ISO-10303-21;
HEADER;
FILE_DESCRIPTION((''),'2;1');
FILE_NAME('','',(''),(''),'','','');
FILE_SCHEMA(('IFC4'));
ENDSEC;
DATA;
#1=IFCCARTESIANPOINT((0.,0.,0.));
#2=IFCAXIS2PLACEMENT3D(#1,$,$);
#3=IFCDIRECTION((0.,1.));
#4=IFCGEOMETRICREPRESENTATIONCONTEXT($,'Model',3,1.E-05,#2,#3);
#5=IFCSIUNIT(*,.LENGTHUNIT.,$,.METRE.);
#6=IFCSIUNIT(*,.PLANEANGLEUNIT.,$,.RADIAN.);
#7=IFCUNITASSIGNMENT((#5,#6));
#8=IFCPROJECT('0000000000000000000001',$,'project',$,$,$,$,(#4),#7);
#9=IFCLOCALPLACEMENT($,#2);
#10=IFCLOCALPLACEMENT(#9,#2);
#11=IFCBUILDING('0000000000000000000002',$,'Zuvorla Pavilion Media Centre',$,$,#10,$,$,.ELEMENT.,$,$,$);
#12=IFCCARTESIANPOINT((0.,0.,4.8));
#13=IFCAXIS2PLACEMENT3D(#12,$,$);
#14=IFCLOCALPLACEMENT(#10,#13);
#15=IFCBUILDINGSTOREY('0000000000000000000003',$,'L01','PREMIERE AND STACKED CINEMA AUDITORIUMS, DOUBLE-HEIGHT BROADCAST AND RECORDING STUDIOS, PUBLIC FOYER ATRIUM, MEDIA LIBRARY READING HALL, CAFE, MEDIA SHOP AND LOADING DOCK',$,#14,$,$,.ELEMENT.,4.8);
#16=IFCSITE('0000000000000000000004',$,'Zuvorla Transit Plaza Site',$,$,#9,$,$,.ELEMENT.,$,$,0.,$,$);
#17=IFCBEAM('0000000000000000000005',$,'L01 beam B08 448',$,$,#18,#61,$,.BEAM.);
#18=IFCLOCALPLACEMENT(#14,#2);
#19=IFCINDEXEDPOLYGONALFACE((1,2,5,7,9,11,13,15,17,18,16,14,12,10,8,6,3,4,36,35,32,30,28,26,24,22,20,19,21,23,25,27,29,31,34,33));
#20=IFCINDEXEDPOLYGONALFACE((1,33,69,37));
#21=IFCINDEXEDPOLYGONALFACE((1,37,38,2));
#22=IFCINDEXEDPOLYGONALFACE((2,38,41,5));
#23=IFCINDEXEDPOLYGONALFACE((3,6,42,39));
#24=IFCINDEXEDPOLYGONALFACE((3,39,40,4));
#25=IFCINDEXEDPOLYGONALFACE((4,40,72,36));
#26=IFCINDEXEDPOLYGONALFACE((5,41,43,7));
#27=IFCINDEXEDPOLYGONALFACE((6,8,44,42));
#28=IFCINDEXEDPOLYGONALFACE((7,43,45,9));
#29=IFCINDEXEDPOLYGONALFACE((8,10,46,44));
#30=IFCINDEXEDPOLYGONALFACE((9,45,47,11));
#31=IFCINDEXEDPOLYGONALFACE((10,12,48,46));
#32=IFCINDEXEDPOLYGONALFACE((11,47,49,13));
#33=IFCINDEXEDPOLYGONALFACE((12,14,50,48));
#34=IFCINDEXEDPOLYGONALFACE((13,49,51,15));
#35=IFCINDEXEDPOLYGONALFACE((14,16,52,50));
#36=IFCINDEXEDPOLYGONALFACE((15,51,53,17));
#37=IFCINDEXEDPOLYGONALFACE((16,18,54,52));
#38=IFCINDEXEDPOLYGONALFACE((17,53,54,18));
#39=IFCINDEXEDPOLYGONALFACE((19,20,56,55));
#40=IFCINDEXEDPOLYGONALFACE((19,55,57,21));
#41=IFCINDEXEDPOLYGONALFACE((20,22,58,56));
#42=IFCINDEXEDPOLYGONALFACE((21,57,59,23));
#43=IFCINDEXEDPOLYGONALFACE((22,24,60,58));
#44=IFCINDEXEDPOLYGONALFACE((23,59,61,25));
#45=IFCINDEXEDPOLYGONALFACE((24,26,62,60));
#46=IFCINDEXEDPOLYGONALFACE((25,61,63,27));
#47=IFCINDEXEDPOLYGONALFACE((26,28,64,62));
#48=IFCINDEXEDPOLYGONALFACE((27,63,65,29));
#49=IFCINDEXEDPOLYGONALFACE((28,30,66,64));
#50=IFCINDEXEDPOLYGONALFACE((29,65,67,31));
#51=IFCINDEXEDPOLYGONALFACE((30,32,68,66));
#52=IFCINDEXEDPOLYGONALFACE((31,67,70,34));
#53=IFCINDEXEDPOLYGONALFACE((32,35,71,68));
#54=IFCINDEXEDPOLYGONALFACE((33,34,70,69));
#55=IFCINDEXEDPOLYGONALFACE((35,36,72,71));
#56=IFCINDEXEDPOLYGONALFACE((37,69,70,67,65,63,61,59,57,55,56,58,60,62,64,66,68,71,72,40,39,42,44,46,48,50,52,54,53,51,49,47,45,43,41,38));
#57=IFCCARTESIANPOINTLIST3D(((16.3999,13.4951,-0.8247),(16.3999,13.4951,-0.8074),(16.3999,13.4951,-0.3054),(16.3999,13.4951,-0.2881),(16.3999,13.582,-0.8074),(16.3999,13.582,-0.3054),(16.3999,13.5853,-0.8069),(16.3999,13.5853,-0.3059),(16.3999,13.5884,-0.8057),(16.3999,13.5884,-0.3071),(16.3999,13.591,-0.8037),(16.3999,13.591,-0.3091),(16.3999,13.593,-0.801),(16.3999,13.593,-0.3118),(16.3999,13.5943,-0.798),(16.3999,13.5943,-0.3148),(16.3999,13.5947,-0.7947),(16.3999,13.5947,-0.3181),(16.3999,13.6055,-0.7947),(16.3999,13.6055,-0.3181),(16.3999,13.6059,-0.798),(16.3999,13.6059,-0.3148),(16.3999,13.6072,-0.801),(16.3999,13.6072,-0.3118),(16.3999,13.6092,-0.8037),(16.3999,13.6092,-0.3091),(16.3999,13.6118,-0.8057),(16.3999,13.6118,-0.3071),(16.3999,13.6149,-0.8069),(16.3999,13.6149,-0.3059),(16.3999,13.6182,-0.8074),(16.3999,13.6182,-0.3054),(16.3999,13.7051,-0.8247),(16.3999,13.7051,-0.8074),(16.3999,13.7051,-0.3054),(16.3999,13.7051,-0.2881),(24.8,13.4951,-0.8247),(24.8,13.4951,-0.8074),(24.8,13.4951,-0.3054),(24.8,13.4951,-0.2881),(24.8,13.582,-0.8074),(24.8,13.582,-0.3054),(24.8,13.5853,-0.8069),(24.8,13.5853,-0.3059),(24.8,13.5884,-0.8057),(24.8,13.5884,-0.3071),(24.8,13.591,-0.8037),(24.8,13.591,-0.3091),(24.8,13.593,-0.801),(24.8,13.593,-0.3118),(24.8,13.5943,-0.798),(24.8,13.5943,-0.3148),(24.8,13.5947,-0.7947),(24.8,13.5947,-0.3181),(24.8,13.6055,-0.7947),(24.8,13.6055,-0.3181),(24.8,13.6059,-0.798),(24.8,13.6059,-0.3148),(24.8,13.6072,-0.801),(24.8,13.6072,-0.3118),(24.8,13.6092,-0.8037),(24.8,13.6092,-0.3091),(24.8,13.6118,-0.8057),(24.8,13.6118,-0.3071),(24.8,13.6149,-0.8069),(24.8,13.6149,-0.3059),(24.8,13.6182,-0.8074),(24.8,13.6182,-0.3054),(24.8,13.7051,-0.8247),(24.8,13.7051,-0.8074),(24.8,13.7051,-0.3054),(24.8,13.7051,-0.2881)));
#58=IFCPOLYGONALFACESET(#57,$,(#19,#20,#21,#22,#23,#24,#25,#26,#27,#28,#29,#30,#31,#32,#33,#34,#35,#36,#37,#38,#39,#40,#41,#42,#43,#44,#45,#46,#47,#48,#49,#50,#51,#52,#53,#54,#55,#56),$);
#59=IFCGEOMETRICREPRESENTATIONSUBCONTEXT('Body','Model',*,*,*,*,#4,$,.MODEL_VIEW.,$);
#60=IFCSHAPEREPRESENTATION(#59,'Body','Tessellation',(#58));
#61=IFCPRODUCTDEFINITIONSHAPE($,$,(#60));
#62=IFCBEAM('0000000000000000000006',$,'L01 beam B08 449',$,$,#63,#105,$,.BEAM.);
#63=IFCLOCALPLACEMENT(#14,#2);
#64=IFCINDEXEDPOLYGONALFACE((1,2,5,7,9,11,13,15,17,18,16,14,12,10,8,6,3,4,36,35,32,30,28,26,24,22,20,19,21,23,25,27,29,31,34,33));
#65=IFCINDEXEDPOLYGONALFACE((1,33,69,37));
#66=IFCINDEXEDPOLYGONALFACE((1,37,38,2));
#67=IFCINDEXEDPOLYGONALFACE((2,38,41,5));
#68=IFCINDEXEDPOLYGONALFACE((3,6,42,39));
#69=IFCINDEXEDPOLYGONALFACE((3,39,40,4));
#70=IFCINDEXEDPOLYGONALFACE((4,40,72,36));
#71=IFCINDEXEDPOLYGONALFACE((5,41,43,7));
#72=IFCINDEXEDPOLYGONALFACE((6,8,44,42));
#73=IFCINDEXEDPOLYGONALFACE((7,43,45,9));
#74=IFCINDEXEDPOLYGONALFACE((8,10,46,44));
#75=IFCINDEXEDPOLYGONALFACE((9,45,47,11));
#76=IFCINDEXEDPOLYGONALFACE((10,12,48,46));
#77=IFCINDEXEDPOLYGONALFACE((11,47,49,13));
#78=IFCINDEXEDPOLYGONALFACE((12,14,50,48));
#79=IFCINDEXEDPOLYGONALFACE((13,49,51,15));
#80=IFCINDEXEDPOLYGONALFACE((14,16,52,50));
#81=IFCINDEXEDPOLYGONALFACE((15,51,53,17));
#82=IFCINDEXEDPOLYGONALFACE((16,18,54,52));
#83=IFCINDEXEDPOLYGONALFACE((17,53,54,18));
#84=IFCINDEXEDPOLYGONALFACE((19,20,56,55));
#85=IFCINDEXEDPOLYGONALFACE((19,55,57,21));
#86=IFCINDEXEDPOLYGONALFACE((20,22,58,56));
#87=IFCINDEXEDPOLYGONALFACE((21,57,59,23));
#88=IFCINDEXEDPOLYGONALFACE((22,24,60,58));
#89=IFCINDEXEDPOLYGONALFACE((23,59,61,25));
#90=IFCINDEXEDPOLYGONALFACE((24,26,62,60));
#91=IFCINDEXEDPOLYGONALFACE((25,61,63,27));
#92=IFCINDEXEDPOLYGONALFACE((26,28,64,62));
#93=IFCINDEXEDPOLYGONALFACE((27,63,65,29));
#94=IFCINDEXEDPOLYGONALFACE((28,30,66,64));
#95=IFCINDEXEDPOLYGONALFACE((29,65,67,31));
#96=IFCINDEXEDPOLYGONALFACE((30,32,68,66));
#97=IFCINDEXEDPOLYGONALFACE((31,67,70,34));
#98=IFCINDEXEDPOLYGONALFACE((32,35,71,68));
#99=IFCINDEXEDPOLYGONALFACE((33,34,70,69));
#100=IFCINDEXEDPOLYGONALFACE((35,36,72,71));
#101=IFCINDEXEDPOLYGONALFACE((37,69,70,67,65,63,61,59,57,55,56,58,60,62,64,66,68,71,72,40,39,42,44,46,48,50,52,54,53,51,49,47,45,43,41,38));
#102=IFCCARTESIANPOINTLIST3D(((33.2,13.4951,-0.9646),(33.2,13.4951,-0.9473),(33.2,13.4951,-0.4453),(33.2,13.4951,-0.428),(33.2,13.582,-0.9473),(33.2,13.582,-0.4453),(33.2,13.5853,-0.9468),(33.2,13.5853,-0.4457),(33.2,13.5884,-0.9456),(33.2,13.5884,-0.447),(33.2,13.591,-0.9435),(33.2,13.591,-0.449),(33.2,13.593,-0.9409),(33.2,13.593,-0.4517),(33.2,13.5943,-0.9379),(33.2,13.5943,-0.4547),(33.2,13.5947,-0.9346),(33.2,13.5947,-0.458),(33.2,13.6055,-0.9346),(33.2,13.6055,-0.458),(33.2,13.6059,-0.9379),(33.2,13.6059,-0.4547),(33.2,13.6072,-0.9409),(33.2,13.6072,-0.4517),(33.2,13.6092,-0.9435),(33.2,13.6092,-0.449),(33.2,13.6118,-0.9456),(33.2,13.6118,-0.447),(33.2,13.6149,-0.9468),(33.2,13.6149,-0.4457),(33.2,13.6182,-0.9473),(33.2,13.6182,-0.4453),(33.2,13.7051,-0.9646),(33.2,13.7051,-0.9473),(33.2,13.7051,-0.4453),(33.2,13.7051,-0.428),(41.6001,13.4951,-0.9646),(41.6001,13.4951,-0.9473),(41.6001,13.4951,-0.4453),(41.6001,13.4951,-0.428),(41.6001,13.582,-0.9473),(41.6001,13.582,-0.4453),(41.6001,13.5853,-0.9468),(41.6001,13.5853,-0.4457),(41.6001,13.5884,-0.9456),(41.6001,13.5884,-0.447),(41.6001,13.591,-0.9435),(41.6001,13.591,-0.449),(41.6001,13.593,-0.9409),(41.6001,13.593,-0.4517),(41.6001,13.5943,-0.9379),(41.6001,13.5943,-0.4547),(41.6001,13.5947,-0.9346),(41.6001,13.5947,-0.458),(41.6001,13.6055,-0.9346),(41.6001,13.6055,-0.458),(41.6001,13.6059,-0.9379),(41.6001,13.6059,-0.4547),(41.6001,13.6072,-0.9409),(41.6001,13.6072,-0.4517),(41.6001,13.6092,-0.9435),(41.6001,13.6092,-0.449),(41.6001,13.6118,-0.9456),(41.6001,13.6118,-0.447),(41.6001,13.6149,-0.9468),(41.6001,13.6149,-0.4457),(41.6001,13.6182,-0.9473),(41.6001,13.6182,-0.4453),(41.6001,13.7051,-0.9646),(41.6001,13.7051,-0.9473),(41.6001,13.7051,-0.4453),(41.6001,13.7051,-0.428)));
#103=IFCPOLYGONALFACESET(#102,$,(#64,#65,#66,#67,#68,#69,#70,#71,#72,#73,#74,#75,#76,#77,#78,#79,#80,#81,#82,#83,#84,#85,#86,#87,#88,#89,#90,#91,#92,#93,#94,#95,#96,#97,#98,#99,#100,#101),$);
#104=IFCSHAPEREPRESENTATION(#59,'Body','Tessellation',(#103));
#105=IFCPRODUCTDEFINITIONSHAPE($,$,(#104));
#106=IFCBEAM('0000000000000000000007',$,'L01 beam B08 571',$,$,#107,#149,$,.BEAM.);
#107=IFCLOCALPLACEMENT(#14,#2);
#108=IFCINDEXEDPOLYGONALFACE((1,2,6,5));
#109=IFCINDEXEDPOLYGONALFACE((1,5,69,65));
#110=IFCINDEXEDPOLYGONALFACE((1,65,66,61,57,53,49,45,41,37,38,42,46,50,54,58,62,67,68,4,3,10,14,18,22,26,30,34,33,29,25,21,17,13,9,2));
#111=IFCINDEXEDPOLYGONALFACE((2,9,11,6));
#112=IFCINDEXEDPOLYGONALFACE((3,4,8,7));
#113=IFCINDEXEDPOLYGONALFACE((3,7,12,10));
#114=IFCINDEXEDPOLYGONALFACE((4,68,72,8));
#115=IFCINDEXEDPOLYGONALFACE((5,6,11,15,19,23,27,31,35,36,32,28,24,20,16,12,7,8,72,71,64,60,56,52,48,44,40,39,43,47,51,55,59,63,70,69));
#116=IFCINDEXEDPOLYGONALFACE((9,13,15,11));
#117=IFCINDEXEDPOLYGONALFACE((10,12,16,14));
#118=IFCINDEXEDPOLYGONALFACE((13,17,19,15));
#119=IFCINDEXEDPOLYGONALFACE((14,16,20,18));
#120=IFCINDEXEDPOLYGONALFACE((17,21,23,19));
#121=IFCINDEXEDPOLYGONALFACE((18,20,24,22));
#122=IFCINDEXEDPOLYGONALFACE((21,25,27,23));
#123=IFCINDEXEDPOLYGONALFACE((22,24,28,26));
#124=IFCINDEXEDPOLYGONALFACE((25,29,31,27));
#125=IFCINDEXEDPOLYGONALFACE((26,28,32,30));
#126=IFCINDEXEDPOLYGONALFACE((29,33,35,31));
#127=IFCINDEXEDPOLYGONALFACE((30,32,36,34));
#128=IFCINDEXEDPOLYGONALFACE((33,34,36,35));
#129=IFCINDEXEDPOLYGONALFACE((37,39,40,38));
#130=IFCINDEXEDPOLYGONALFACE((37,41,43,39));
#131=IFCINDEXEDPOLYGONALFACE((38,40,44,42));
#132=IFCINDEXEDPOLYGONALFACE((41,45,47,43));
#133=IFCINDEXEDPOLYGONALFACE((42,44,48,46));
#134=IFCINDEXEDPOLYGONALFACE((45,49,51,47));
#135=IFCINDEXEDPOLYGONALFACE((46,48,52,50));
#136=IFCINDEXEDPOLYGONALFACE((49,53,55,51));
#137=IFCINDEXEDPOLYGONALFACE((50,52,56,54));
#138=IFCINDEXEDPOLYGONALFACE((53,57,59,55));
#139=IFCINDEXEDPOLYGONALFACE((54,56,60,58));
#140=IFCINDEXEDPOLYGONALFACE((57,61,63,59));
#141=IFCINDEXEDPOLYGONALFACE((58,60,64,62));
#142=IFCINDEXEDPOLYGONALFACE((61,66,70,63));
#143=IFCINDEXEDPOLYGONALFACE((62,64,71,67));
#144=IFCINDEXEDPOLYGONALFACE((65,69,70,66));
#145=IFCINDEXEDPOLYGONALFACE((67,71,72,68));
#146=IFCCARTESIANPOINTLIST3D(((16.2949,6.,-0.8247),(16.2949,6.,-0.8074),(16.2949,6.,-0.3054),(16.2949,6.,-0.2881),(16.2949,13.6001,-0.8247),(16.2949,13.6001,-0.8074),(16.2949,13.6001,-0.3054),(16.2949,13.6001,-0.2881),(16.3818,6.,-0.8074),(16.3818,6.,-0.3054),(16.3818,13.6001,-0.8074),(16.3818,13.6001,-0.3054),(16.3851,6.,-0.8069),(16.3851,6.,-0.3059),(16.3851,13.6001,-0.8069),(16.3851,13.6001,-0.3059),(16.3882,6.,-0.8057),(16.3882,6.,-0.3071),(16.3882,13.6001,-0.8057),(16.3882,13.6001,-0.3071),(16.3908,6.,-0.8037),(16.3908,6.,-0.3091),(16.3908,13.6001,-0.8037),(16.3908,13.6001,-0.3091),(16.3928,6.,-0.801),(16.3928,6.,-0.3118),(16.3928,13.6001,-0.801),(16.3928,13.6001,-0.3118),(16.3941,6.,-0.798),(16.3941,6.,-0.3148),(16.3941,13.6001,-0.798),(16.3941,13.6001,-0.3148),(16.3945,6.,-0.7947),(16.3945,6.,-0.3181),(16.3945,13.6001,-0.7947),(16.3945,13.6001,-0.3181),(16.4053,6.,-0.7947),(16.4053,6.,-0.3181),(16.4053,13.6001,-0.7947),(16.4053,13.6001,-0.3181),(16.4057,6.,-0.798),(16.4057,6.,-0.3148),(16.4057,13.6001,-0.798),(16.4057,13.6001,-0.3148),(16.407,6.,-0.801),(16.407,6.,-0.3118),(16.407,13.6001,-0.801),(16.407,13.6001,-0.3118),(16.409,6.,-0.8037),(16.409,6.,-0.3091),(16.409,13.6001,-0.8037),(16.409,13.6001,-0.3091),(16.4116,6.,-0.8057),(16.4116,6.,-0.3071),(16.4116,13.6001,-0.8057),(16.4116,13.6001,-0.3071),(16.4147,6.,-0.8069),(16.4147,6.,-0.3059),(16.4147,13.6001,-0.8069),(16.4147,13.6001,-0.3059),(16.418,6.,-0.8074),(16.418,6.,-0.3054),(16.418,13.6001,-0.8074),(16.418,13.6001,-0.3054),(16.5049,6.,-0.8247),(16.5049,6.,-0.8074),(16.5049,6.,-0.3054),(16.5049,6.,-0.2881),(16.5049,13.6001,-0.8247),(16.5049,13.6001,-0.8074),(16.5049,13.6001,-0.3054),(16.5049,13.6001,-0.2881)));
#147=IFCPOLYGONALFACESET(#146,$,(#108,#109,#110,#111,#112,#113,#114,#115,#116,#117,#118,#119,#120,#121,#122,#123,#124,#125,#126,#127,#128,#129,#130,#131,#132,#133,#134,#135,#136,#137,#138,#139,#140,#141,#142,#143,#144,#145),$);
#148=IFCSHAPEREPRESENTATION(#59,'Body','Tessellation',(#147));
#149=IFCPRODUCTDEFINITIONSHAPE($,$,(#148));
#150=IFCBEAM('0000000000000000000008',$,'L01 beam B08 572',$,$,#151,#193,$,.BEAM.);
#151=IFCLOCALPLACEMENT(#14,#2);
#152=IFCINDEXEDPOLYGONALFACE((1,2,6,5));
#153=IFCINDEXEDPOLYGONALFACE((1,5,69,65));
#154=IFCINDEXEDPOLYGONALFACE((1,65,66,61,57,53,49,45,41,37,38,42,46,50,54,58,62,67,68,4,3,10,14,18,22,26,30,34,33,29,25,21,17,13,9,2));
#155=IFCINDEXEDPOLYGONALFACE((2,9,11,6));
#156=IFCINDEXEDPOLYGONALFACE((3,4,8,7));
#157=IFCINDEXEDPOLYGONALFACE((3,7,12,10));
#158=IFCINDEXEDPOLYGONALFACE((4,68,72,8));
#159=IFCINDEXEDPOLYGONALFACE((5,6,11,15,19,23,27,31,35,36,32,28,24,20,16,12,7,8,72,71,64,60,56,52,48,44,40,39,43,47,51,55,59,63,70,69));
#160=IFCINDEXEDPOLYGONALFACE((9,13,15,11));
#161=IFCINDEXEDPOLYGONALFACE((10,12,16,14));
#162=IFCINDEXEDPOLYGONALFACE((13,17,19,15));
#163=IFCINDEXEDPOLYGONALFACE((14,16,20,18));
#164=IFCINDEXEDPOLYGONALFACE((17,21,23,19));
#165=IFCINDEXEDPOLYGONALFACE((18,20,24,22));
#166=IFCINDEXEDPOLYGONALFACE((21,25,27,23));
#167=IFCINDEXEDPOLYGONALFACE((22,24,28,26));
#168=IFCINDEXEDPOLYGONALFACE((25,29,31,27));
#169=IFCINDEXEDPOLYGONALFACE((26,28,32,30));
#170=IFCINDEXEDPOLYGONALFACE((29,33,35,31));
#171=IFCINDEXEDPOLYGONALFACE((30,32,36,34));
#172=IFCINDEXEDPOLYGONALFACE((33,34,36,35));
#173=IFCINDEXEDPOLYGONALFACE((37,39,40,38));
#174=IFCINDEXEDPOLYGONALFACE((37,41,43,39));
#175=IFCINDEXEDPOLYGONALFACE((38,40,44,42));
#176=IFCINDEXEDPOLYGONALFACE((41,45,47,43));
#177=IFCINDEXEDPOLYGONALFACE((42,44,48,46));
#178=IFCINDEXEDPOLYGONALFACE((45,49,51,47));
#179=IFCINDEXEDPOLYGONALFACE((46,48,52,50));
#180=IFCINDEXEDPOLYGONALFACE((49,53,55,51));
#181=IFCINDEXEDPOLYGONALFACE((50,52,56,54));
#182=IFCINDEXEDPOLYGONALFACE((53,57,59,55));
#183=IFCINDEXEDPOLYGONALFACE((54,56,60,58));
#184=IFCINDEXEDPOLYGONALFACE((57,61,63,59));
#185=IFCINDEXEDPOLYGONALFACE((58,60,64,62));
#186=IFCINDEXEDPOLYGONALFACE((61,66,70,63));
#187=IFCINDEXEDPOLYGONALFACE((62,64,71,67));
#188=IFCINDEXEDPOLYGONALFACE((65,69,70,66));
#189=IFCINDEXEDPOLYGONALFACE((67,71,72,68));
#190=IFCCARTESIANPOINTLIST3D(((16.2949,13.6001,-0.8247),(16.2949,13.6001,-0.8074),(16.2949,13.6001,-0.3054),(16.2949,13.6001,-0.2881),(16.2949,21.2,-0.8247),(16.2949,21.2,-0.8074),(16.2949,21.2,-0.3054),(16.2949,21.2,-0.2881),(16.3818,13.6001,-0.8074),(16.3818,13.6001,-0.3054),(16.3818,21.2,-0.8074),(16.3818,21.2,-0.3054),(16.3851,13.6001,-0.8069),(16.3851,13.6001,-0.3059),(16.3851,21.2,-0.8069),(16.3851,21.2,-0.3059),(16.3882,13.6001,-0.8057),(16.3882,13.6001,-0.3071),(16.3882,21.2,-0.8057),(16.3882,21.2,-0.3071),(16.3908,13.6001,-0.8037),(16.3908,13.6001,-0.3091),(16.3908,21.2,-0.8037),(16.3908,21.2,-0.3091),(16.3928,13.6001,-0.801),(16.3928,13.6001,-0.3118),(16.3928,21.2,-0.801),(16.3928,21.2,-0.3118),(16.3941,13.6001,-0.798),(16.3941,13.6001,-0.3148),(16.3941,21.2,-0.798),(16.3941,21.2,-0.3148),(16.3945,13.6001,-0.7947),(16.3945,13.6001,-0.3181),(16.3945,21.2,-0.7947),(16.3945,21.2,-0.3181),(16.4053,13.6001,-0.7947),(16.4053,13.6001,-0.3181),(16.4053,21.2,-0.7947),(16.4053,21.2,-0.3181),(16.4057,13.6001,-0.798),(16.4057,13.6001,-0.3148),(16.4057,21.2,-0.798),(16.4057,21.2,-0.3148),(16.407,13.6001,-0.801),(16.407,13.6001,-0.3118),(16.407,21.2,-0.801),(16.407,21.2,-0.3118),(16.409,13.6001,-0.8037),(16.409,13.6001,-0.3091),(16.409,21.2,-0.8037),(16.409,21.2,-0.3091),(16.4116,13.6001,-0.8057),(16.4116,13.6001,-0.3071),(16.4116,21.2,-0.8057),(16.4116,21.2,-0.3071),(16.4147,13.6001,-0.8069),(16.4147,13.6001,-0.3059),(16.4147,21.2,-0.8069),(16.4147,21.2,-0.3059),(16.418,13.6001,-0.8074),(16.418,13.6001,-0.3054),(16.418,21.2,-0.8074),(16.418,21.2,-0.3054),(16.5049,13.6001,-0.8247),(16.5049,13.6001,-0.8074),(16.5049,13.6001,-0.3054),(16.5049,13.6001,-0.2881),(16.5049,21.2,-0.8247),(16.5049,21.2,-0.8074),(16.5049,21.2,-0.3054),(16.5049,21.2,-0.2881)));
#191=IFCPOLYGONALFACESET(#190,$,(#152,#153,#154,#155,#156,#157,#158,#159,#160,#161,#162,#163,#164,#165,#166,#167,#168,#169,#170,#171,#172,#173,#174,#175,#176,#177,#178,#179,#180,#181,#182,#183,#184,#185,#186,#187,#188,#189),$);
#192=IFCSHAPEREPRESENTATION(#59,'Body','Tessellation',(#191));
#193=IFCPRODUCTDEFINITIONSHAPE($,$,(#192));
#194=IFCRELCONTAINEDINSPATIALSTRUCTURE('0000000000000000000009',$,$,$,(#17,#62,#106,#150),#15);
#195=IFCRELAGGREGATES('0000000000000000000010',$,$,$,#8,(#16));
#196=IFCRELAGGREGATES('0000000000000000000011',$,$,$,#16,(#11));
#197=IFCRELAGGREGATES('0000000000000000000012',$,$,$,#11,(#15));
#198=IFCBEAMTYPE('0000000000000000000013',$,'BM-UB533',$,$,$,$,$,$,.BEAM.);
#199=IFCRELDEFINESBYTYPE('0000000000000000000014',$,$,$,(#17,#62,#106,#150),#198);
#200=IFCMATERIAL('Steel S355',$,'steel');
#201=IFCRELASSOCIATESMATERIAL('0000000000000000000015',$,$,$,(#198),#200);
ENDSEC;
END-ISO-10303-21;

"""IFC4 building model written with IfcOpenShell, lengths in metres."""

from ifc_helpers import new_model, si_unit, direction, frame, origin, origin_2d, place, context, subcontext, project, spatial, i_section, extrude, material, material_profile, profile_set, type_object, element, save


model = new_model("IFC4")

# Units and contexts
model_context = context("Model", 3, precision=1e-05, world=origin(), true_north=direction((0.0, 1.0)))
body_context = subcontext(model_context, "Body", "Model", "MODEL_VIEW")
ifc_project = project(units=[si_unit("LENGTHUNIT", "METRE"), si_unit("PLANEANGLEUNIT", "RADIAN")], contexts=[model_context])

# Site, building, storey
site_placement = place(None, origin())
site = spatial("IfcSite", under=ifc_project, at=site_placement, Name="Zuvorla Transit Plaza Site", CompositionType="ELEMENT", RefElevation=0.0)
building_placement = place(site_placement, origin())
building = spatial("IfcBuilding", under=site, at=building_placement, Name="Zuvorla Pavilion Media Centre", CompositionType="ELEMENT")
storey_placement = place(building_placement, frame((0.0, 0.0, 4.8)))
storey = spatial("IfcBuildingStorey", under=building, at=storey_placement, Name="L01", Description="PREMIERE AND STACKED CINEMA AUDITORIUMS, DOUBLE-HEIGHT BROADCAST AND RECORDING STUDIOS, PUBLIC FOYER ATRIUM, MEDIA LIBRARY READING HALL, CAFE, MEDIA SHOP AND LOADING DOCK", CompositionType="ELEMENT", Elevation=4.8)

# Beams
ifc_material_1 = material(Name="Steel S355", Category="steel")
ifc_material_profile_1 = material_profile(ifc_material_1, i_section(OverallWidth=0.21, OverallDepth=0.5366, WebThickness=0.0107, FlangeThickness=0.0173, FilletRadius=0.0127, at=origin_2d()), Name="UB 533x210x101")
ifc_profile_set_1 = profile_set([ifc_material_profile_1], Name="Steel S355")
beam_type_1 = type_object("IfcBeamType", Name="BM-UB533", PredefinedType="BEAM", material=ifc_profile_set_1)
for number, where, z_axis, x_axis, name in (
    (1, (16.3999, 13.6001, -0.5564), (1.0, 0.0, 0.0), (0.0, 1.0, 0.0), "L01 beam B08 448"),
    (2, (33.2, 13.6001, -0.6963), (1.0, 0.0, 0.0), (0.0, 1.0, 0.0), "L01 beam B08 449"),
):
    element("IfcBeam", number, at=place(storey_placement, frame(where, z_axis=z_axis, x_axis=x_axis)), inside=storey, type_object=beam_type_1, Name=name, PredefinedType="BEAM", context=body_context, shape_type="SweptSolid", body=[
        extrude(i_section(OverallWidth=0.21, OverallDepth=0.5366, WebThickness=0.0107, FlangeThickness=0.0173, FilletRadius=0.0127, at=origin_2d()), origin(), (0.0, 0.0, 1.0), 8.4001),
    ])
beam_1_placement = place(storey_placement, frame((16.3999, 6.0, -0.5564), z_axis=(0.0, 1.0, 0.0), x_axis=(-1.0, 0.0, 0.0)))
element("IfcBeam", 3, at=beam_1_placement, inside=storey, type_object=beam_type_1, Name="L01 beam B08 571", PredefinedType="BEAM", context=body_context, shape_type="SweptSolid", body=[
    extrude(i_section(OverallWidth=0.21, OverallDepth=0.5366, WebThickness=0.0107, FlangeThickness=0.0173, FilletRadius=0.0127, at=origin_2d()), origin(), (0.0, 0.0, 1.0), 7.6001),
])
beam_2_placement = place(storey_placement, frame((16.3999, 13.6001, -0.5564), z_axis=(0.0, 1.0, 0.0), x_axis=(-1.0, 0.0, 0.0)))
element("IfcBeam", 4, at=beam_2_placement, inside=storey, type_object=beam_type_1, Name="L01 beam B08 572", PredefinedType="BEAM", context=body_context, shape_type="SweptSolid", body=[
    extrude(i_section(OverallWidth=0.21, OverallDepth=0.5366, WebThickness=0.0107, FlangeThickness=0.0173, FilletRadius=0.0127, at=origin_2d()), origin(), (0.0, 0.0, 1.0), 7.5999),
])

save(model, "model.ifc")
